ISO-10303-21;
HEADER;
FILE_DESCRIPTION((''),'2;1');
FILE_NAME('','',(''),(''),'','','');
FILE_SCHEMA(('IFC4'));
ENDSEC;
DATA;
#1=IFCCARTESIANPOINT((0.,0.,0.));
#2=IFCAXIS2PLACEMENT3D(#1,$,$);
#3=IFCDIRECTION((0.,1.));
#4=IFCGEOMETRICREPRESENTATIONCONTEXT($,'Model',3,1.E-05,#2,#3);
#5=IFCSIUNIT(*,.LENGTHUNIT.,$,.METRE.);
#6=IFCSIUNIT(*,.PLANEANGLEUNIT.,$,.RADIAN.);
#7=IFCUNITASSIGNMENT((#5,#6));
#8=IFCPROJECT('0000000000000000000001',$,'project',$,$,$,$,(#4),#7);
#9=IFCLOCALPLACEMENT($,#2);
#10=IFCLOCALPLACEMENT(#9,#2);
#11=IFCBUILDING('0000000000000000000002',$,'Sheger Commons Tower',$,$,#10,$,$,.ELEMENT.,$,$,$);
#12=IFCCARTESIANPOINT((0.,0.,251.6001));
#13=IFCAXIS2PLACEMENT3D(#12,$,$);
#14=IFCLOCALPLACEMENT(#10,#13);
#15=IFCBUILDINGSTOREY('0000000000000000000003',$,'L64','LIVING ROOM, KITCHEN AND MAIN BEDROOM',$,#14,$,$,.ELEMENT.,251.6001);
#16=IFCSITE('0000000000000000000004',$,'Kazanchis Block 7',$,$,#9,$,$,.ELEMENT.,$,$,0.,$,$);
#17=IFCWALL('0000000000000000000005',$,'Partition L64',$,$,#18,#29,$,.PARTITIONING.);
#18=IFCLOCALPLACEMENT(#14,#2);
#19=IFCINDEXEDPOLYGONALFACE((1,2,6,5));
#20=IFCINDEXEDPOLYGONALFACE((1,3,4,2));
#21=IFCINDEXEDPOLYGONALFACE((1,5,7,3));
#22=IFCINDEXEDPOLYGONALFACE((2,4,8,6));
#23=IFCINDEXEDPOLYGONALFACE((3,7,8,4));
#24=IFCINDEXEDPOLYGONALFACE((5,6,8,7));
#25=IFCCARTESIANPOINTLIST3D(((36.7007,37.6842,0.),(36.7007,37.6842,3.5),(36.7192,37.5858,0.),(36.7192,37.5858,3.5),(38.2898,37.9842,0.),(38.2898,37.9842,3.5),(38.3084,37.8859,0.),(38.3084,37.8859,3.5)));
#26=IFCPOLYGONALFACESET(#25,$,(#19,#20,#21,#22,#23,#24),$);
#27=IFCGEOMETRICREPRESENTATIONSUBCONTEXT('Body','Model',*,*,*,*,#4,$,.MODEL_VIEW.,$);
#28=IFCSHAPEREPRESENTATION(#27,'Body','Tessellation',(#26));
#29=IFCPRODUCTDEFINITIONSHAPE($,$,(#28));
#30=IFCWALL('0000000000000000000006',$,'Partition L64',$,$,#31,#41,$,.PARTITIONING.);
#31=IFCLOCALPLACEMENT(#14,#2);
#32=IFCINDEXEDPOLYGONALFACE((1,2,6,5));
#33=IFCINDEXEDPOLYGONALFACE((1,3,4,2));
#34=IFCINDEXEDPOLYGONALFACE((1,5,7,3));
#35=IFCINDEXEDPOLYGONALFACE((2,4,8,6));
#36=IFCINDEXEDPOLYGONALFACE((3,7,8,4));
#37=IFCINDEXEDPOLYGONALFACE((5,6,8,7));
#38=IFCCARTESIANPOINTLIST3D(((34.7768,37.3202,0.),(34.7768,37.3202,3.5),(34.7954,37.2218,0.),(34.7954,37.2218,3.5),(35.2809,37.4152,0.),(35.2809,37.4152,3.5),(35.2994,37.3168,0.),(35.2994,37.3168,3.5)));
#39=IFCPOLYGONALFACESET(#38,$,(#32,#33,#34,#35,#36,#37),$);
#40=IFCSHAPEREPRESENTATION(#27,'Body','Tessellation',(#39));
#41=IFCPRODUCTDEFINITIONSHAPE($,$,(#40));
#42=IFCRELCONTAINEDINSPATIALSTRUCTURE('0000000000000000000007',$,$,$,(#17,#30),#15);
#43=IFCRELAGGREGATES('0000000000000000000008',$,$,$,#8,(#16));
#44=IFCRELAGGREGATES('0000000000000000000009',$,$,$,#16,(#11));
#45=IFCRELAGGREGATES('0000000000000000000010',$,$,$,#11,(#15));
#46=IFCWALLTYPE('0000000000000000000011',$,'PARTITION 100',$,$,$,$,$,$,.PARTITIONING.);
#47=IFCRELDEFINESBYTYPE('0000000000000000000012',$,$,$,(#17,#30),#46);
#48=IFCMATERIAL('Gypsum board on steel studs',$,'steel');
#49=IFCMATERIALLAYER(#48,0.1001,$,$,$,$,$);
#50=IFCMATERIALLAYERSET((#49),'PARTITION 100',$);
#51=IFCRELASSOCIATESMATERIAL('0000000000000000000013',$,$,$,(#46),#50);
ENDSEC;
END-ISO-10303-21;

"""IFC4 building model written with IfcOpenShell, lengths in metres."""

from ifc_helpers import new_model, si_unit, direction, frame, frame_2d, origin, place, context, subcontext, project, spatial, rectangle, extrude, material, layer, layer_set, type_object, element, save


model = new_model("IFC4")

# Units and contexts
model_context = context("Model", 3, precision=1e-05, world=origin(), true_north=direction((0.0, 1.0)))
body_context = subcontext(model_context, "Body", "Model", "MODEL_VIEW")
ifc_project = project(units=[si_unit("LENGTHUNIT", "METRE"), si_unit("PLANEANGLEUNIT", "RADIAN")], contexts=[model_context])

# Site, building, storey
site_placement = place(None, origin())
site = spatial("IfcSite", under=ifc_project, at=site_placement, Name="Kazanchis Block 7", CompositionType="ELEMENT", RefElevation=0.0)
building_placement = place(site_placement, origin())
building = spatial("IfcBuilding", under=site, at=building_placement, Name="Sheger Commons Tower", CompositionType="ELEMENT")
storey_placement = place(building_placement, frame((0.0, 0.0, 251.6001)))
storey = spatial("IfcBuildingStorey", under=building, at=storey_placement, Name="L64", Description="LIVING ROOM, KITCHEN AND MAIN BEDROOM", CompositionType="ELEMENT", Elevation=251.6001)

# Shared definitions
ifc_material_1 = material(Name="Gypsum board on steel studs", Category="steel")
ifc_layer_1 = layer(ifc_material_1, 0.1001)
ifc_layer_set_1 = layer_set([ifc_layer_1], Name="PARTITION 100")
wall_type_1 = type_object("IfcWallType", Name="PARTITION 100", PredefinedType="PARTITIONING", material=ifc_layer_set_1)

# Walls
wall_1_placement = place(storey_placement, frame((38.2991, 37.9351, 0.0), z_axis=(0.0, 0.0, 1.0), x_axis=(-0.982637, -0.185537, 0.0)))
element("IfcWall", 1, at=wall_1_placement, inside=storey, type_object=wall_type_1, Name="Partition L64", PredefinedType="PARTITIONING", context=body_context, shape_type="SweptSolid", body=[
    extrude(rectangle(XDim=1.6172, YDim=0.1001, at=frame_2d((0.8086, 0.0))), origin(), (0.0, 0.0, 1.0), 3.5),
])
wall_2_placement = place(storey_placement, frame((35.29, 37.366, 0.0), z_axis=(0.0, 0.0, 1.0), x_axis=(-0.982716, -0.185122, 0.0)))
element("IfcWall", 2, at=wall_2_placement, inside=storey, type_object=wall_type_1, Name="Partition L64", PredefinedType="PARTITIONING", context=body_context, shape_type="SweptSolid", body=[
    extrude(rectangle(XDim=0.5129, YDim=0.1001, at=frame_2d((0.2563, 0.0))), origin(), (0.0, 0.0, 1.0), 3.5),
])

save(model, "model.ifc")
